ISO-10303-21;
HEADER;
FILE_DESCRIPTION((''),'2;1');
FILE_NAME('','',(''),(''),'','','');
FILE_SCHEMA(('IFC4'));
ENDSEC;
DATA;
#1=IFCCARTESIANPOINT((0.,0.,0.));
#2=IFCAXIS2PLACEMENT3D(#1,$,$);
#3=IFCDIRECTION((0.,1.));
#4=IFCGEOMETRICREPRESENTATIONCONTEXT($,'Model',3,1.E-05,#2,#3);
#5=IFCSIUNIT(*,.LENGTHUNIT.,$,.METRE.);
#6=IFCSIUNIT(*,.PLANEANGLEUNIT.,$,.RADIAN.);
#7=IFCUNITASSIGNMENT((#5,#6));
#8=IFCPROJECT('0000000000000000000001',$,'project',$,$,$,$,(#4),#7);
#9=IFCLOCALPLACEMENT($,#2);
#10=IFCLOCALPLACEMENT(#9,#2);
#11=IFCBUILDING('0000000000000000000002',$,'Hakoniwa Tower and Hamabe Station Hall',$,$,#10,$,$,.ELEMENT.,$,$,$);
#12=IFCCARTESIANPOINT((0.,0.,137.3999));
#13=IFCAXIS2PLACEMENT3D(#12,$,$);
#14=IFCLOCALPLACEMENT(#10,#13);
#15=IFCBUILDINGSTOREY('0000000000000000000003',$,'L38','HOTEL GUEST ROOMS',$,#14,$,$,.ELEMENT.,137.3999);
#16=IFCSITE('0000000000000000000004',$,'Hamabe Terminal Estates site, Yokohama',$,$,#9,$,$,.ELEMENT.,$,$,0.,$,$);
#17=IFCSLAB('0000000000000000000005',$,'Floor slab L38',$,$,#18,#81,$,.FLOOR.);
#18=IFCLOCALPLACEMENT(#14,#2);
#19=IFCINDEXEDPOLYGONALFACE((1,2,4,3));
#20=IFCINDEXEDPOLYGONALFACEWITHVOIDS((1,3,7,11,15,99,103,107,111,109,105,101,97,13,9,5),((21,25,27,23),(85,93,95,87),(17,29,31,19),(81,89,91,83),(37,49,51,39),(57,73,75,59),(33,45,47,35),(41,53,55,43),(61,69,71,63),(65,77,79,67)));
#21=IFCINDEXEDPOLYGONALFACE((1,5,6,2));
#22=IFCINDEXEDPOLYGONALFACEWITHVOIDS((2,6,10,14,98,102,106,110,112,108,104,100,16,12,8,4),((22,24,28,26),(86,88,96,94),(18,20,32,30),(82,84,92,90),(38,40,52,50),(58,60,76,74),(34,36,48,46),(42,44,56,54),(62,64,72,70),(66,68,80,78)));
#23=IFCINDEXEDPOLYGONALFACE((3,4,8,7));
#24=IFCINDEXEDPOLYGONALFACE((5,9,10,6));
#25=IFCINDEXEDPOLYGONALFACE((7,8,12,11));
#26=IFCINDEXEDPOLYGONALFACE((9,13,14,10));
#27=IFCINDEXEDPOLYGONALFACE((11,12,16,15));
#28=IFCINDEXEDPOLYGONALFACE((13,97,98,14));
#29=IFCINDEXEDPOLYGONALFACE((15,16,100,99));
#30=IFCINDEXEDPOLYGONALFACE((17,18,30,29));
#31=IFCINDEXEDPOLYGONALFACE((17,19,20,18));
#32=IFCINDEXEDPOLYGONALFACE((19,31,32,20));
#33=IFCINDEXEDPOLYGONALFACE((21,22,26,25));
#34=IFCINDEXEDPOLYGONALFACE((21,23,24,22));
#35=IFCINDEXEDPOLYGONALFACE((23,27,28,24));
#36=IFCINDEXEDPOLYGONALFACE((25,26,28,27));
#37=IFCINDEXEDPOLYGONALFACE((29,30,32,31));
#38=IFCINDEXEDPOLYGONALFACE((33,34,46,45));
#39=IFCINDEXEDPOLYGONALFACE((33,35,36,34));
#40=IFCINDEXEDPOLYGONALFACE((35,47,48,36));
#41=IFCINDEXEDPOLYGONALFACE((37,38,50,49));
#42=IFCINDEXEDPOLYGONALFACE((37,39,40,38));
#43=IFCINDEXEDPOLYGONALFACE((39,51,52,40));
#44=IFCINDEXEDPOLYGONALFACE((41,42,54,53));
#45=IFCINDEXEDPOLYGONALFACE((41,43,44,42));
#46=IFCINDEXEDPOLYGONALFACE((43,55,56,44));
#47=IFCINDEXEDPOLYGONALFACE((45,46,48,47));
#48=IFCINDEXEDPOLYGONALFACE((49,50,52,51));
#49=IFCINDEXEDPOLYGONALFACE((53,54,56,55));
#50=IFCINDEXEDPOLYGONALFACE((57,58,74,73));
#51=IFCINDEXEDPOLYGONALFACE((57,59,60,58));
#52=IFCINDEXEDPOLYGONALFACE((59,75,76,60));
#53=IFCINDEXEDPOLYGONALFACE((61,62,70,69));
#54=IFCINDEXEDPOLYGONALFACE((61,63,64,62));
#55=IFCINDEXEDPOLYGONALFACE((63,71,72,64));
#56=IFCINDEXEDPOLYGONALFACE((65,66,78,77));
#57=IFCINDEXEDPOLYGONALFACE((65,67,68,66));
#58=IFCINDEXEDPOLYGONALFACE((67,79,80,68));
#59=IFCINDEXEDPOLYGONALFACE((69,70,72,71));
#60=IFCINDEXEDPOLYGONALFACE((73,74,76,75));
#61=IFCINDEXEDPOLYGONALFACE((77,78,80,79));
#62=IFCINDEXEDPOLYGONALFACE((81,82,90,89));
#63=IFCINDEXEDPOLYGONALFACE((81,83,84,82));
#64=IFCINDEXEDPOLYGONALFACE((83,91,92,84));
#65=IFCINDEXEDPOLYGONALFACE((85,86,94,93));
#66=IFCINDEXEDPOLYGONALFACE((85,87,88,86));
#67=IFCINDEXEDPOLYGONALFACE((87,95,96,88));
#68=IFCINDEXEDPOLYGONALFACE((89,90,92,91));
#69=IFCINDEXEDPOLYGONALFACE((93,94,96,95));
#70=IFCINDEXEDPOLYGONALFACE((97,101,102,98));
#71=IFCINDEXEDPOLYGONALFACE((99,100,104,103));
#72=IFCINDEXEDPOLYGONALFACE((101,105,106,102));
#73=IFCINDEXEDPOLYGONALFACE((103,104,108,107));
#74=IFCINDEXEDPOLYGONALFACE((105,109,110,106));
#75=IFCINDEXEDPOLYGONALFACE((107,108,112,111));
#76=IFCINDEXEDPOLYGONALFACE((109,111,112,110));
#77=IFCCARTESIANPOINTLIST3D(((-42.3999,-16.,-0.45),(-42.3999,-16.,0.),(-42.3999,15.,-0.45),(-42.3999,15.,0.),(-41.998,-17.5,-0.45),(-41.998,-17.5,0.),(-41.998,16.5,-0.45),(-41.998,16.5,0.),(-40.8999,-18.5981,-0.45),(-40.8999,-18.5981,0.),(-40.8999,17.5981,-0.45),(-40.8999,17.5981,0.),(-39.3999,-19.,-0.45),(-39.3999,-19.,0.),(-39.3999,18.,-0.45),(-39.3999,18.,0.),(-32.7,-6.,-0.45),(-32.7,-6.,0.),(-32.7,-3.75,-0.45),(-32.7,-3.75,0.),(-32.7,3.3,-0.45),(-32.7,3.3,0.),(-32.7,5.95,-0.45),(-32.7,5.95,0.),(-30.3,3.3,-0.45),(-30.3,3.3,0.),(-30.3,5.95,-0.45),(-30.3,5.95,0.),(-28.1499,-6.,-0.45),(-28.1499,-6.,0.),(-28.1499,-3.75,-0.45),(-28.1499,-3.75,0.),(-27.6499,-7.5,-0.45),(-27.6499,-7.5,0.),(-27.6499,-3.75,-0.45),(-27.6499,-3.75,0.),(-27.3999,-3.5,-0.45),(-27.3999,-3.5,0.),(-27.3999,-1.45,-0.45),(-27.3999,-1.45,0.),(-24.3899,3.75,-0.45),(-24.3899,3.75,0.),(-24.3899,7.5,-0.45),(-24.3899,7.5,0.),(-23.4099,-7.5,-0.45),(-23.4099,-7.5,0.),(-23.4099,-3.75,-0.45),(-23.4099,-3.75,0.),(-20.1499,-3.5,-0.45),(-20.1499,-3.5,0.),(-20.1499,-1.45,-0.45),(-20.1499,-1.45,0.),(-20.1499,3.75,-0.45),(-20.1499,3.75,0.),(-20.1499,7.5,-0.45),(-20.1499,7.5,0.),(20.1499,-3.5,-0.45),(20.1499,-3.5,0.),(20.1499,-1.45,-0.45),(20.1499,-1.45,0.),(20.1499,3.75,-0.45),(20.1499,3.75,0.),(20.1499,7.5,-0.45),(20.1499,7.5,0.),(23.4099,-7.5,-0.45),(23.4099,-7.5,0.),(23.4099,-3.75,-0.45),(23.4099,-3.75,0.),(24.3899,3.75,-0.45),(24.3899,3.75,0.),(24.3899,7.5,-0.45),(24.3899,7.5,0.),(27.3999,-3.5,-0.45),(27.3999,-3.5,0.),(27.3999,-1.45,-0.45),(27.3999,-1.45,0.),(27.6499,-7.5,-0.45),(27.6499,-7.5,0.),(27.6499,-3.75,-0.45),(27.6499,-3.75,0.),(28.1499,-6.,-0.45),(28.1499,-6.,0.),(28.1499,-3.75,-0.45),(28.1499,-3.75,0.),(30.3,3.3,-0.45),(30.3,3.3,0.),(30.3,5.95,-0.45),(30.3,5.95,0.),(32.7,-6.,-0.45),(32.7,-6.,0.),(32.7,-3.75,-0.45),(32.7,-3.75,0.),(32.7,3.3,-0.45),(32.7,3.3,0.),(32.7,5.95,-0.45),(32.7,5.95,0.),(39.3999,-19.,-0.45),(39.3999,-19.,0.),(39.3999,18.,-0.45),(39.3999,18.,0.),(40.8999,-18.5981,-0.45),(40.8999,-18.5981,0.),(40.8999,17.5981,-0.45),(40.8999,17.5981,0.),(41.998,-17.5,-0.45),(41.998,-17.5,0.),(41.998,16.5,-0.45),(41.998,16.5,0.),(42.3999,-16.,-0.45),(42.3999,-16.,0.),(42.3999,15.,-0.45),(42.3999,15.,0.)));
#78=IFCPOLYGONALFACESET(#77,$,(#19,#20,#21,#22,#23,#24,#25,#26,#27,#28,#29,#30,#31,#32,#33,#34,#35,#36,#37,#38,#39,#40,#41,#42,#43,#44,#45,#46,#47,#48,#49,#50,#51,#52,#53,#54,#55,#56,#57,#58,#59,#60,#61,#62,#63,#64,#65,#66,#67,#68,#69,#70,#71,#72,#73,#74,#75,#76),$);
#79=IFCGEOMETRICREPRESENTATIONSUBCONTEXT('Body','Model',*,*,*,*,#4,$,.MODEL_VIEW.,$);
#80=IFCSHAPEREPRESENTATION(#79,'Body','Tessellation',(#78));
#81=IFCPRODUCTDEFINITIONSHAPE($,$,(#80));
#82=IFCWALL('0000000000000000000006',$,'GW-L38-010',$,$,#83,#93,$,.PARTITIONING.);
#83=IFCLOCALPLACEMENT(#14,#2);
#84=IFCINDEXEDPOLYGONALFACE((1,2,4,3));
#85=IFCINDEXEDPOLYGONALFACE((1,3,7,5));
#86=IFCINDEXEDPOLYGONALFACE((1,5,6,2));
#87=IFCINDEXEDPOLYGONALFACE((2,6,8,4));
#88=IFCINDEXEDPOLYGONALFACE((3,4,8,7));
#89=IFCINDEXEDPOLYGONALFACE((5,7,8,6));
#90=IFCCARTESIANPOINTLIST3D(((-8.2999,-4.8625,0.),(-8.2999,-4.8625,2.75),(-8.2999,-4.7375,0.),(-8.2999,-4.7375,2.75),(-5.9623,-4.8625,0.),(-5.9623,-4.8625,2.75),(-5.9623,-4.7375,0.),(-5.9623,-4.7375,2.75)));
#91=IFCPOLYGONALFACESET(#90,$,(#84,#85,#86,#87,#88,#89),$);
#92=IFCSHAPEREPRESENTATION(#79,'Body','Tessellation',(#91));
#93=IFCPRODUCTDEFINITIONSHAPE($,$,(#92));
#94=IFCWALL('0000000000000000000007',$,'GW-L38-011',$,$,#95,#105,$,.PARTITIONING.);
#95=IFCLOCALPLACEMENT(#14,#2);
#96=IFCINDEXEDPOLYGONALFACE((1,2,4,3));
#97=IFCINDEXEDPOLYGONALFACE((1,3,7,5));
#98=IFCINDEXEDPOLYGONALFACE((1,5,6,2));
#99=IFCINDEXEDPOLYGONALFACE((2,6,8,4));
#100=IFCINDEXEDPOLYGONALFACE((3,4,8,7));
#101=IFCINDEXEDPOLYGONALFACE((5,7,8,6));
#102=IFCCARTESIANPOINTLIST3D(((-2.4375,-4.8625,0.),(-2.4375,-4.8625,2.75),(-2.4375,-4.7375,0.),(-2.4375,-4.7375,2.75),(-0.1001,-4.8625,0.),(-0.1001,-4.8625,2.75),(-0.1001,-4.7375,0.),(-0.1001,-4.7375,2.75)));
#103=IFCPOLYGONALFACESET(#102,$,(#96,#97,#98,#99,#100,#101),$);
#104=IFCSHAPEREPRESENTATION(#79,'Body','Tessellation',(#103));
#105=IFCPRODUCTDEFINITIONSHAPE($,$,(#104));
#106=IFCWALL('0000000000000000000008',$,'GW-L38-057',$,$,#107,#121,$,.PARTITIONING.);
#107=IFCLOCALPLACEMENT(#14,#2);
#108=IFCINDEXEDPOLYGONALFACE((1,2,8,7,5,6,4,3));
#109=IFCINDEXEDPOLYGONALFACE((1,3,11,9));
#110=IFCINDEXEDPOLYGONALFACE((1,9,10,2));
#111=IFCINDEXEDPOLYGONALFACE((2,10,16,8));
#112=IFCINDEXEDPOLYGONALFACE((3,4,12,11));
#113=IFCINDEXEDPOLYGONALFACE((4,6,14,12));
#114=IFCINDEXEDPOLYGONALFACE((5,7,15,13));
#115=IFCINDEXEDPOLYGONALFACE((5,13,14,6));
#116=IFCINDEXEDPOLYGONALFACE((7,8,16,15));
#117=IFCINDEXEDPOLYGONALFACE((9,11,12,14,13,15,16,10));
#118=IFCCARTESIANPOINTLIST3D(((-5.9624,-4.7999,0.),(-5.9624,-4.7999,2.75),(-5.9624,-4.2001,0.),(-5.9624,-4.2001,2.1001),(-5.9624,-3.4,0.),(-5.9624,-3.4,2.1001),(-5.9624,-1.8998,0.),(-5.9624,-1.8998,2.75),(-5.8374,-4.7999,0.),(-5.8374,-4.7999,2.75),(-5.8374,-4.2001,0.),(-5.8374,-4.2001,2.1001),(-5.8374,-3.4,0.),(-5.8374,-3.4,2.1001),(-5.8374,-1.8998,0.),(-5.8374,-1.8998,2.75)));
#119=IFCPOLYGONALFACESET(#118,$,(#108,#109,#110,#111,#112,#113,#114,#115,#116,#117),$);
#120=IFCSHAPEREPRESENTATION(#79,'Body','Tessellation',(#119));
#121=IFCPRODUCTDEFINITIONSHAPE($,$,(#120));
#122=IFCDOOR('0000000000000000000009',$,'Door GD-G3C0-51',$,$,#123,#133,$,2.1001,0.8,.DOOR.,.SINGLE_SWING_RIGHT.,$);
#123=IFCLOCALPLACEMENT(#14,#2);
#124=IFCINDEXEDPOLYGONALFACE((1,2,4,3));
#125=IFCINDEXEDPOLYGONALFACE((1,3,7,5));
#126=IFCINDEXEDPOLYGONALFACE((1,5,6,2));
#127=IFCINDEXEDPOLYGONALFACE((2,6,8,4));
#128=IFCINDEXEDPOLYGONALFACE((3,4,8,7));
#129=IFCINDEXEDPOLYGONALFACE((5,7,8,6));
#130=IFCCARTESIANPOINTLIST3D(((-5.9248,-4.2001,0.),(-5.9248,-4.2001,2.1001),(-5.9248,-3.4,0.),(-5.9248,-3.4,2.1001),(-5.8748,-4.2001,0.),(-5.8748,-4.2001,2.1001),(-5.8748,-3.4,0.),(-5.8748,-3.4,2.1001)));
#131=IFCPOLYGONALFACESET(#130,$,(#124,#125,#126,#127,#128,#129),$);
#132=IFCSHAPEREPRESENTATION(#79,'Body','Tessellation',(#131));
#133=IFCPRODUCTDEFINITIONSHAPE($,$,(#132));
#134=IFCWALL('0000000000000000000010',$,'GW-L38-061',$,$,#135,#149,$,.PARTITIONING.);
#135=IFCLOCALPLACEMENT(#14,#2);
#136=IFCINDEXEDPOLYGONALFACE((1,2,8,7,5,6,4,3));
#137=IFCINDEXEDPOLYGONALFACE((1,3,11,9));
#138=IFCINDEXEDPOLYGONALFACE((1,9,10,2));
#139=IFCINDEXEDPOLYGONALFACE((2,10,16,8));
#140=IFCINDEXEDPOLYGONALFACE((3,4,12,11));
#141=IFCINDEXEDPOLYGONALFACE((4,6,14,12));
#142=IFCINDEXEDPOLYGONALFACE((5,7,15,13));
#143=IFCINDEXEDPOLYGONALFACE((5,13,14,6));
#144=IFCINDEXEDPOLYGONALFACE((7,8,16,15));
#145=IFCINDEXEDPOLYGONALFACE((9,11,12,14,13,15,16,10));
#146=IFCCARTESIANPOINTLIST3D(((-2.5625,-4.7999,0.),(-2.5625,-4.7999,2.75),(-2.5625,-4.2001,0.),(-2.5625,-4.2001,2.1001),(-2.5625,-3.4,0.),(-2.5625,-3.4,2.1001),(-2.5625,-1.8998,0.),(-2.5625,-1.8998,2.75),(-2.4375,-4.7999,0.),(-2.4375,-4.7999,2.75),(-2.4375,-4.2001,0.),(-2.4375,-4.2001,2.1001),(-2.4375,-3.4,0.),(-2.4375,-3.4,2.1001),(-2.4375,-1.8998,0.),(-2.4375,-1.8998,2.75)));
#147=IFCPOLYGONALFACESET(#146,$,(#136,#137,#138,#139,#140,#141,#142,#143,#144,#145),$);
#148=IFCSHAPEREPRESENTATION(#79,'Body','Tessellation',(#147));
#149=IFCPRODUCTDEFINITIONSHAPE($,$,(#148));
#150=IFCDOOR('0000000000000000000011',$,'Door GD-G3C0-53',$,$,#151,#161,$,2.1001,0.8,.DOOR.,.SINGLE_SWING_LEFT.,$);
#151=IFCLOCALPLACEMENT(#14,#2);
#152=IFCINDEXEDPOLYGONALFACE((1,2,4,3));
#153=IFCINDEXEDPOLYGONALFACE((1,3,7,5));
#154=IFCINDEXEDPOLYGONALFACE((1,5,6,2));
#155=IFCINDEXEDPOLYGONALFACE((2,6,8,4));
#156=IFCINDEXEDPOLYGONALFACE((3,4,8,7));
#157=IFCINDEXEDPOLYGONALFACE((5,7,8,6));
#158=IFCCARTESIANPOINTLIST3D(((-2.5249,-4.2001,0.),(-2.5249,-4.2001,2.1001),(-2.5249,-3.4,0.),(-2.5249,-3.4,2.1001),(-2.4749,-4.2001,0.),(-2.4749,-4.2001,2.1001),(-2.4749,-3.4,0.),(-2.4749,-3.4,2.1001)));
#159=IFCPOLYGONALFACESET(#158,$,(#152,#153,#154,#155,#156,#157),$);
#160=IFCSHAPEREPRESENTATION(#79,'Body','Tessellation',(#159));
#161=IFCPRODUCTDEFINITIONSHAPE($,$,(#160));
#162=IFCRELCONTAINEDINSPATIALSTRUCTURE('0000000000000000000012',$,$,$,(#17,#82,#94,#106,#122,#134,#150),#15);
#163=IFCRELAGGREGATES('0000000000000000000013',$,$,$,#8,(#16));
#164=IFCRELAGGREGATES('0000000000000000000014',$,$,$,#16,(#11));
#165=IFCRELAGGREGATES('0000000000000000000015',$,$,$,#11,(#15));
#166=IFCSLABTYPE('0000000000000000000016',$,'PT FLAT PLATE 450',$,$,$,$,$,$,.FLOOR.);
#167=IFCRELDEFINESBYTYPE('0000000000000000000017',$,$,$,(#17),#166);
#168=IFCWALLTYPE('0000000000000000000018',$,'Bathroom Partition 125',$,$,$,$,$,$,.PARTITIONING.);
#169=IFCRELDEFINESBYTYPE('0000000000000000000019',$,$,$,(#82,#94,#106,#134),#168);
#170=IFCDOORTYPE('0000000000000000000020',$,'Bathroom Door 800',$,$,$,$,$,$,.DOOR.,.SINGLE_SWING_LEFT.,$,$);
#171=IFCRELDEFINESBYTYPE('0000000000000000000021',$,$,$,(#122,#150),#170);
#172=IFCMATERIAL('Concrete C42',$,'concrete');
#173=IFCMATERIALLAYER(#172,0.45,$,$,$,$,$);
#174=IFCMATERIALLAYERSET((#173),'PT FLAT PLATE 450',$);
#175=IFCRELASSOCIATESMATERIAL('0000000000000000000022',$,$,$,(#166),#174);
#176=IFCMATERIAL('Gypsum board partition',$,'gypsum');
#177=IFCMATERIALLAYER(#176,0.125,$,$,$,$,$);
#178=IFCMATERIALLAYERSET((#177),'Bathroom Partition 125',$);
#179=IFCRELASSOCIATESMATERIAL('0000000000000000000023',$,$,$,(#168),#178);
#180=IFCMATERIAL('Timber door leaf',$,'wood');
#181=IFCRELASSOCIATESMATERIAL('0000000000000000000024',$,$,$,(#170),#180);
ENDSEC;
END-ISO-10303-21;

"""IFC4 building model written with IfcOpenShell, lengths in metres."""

from ifc_helpers import new_model, si_unit, direction, frame, frame_2d, origin, place, context, subcontext, project, spatial, polyline, rectangle, outline, extrude, material, layer, layer_set, type_object, element, fill, save


model = new_model("IFC4")

# Units and contexts
model_context = context("Model", 3, precision=1e-05, world=origin(), true_north=direction((0.0, 1.0)))
body_context = subcontext(model_context, "Body", "Model", "MODEL_VIEW")
ifc_project = project(units=[si_unit("LENGTHUNIT", "METRE"), si_unit("PLANEANGLEUNIT", "RADIAN")], contexts=[model_context])

# Site, building, storey
site_placement = place(None, origin())
site = spatial("IfcSite", under=ifc_project, at=site_placement, Name="Hamabe Terminal Estates site, Yokohama", CompositionType="ELEMENT", RefElevation=0.0)
building_placement = place(site_placement, origin())
building = spatial("IfcBuilding", under=site, at=building_placement, Name="Hakoniwa Tower and Hamabe Station Hall", CompositionType="ELEMENT")
storey_placement = place(building_placement, frame((0.0, 0.0, 137.3999)))
storey = spatial("IfcBuildingStorey", under=building, at=storey_placement, Name="L38", Description="HOTEL GUEST ROOMS", CompositionType="ELEMENT", Elevation=137.3999)

# Slab
ifc_material_1 = material(Name="Concrete C42", Category="concrete")
ifc_layer_1 = layer(ifc_material_1, 0.45)
ifc_layer_set_1 = layer_set([ifc_layer_1], Name="PT FLAT PLATE 450")
slab_type_1 = type_object("IfcSlabType", Name="PT FLAT PLATE 450", PredefinedType="FLOOR", material=ifc_layer_set_1)
slab_1_placement = place(storey_placement, frame((0.0, 0.0, -0.45)))
element("IfcSlab", 1, at=slab_1_placement, inside=storey, type_object=slab_type_1, Name="Floor slab L38", PredefinedType="FLOOR", context=body_context, shape_type="SweptSolid", body=[
    extrude(outline(polyline([(42.3999, -16.0), (42.3999, 15.0), (41.998, 16.5), (40.8999, 17.5981), (39.3999, 18.0), (-39.3999, 18.0), (-40.8999, 17.5981), (-41.998, 16.5), (-42.3999, 15.0), (-42.3999, -16.0), (-41.998, -17.5), (-40.8999, -18.5981), (-39.3999, -19.0), (39.3999, -19.0), (40.8999, -18.5981), (41.998, -17.5), (42.3999, -16.0)]), holes=[polyline([(-27.3999, -3.5), (-27.3999, -1.45), (-20.1499, -1.45), (-20.1499, -3.5), (-27.3999, -3.5)]), polyline([(-32.7, 3.3), (-32.7, 5.95), (-30.3, 5.95), (-30.3, 3.3), (-32.7, 3.3)]), polyline([(-32.7, -6.0), (-32.7, -3.75), (-28.1499, -3.75), (-28.1499, -6.0), (-32.7, -6.0)]), polyline([(-24.3899, 3.75), (-24.3899, 7.5), (-20.1499, 7.5), (-20.1499, 3.75), (-24.3899, 3.75)]), polyline([(-27.6499, -7.5), (-27.6499, -3.75), (-23.4099, -3.75), (-23.4099, -7.5), (-27.6499, -7.5)]), polyline([(20.1499, -3.5), (20.1499, -1.45), (27.3999, -1.45), (27.3999, -3.5), (20.1499, -3.5)]), polyline([(30.3, 3.3), (30.3, 5.95), (32.7, 5.95), (32.7, 3.3), (30.3, 3.3)]), polyline([(28.1499, -6.0), (28.1499, -3.75), (32.7, -3.75), (32.7, -6.0), (28.1499, -6.0)]), polyline([(20.1499, 3.75), (20.1499, 7.5), (24.3899, 7.5), (24.3899, 3.75), (20.1499, 3.75)]), polyline([(23.4099, -7.5), (23.4099, -3.75), (27.6499, -3.75), (27.6499, -7.5), (23.4099, -7.5)])]), origin(), (0.0, 0.0, 1.0), 0.45),
])

# Walls
ifc_material_2 = material(Name="Gypsum board partition", Category="gypsum")
ifc_layer_2 = layer(ifc_material_2, 0.125)
ifc_layer_set_2 = layer_set([ifc_layer_2], Name="Bathroom Partition 125")
wall_type_1 = type_object("IfcWallType", Name="Bathroom Partition 125", PredefinedType="PARTITIONING", material=ifc_layer_set_2)
wall_1_placement = place(storey_placement, frame((-8.3, -4.8, 0.0), z_axis=(0.0, 0.0, 1.0), x_axis=(1.0, 0.0, 0.0)))
element("IfcWall", 2, at=wall_1_placement, inside=storey, type_object=wall_type_1, Name="GW-L38-010", PredefinedType="PARTITIONING", context=body_context, shape_type="SweptSolid", body=[
    extrude(rectangle(XDim=2.3376, YDim=0.125, at=frame_2d((1.1689, 0.0))), origin(), (0.0, 0.0, 1.0), 2.75),
])
wall_2_placement = place(storey_placement, frame((-2.4375, -4.8, 0.0), z_axis=(0.0, 0.0, 1.0), x_axis=(1.0, 0.0, 0.0)))
element("IfcWall", 3, at=wall_2_placement, inside=storey, type_object=wall_type_1, Name="GW-L38-011", PredefinedType="PARTITIONING", context=body_context, shape_type="SweptSolid", body=[
    extrude(rectangle(XDim=2.3374, YDim=0.125, at=frame_2d((1.1687, 0.0))), origin(), (0.0, 0.0, 1.0), 2.75),
])

# Walls, openings, doors
wall_3_placement = place(storey_placement, frame((-5.8999, -4.8, 0.0), z_axis=(0.0, 0.0, 1.0), x_axis=(0.0, 1.0, 0.0)))
wall_3 = element("IfcWall", 4, at=wall_3_placement, inside=storey, type_object=wall_type_1, Name="GW-L38-057", PredefinedType="PARTITIONING", context=body_context, shape_type="SweptSolid", body=[
    extrude(rectangle(XDim=2.9001, YDim=0.125, at=frame_2d((1.4502, 0.0))), origin(), (0.0, 0.0, 1.0), 2.75),
])
opening_1_placement = place(wall_3_placement, frame((0.6001, 0.0, 0.0)))
opening_1 = element("IfcOpeningElement", 5, at=opening_1_placement, cuts=wall_3, PredefinedType="OPENING", context=body_context, shape_type="SweptSolid", body=[
    extrude(rectangle(XDim=0.8, YDim=2.1001, at=frame_2d((0.3999, 1.05))), frame((0.0, 0.0725, 0.0), z_axis=(0.0, -1.0, 0.0), x_axis=(1.0, 0.0, 0.0)), (0.0, 0.0, 1.0), 0.145),
])
ifc_material_3 = material(Name="Timber door leaf", Category="wood")
door_type_1 = type_object("IfcDoorType", Name="Bathroom Door 800", OperationType="SINGLE_SWING_LEFT", PredefinedType="DOOR", material=ifc_material_3)
door_1_placement = place(opening_1_placement, origin())
door_1 = element("IfcDoor", 6, at=door_1_placement, inside=storey, type_object=door_type_1, Name="Door GD-G3C0-51", OperationType="SINGLE_SWING_RIGHT", OverallHeight=2.1001, OverallWidth=0.8, PredefinedType="DOOR", context=body_context, shape_type="SweptSolid", body=[
    extrude(rectangle(XDim=0.8, YDim=2.1001, at=frame_2d((0.3999, 1.05))), frame((0.0, 0.0249, 0.0), z_axis=(0.0, -1.0, 0.0), x_axis=(1.0, 0.0, 0.0)), (0.0, 0.0, 1.0), 0.05),
])
fill(opening_1, door_1)
wall_4_placement = place(storey_placement, frame((-2.5, -4.8, 0.0), z_axis=(0.0, 0.0, 1.0), x_axis=(0.0, 1.0, 0.0)))
wall_4 = element("IfcWall", 7, at=wall_4_placement, inside=storey, type_object=wall_type_1, Name="GW-L38-061", PredefinedType="PARTITIONING", context=body_context, shape_type="SweptSolid", body=[
    extrude(rectangle(XDim=2.9001, YDim=0.125, at=frame_2d((1.4502, 0.0))), origin(), (0.0, 0.0, 1.0), 2.75),
])
opening_2_placement = place(wall_4_placement, frame((0.6001, 0.0, 0.0)))
opening_2 = element("IfcOpeningElement", 8, at=opening_2_placement, cuts=wall_4, PredefinedType="OPENING", context=body_context, shape_type="SweptSolid", body=[
    extrude(rectangle(XDim=0.8, YDim=2.1001, at=frame_2d((0.3999, 1.05))), frame((0.0, 0.0725, 0.0), z_axis=(0.0, -1.0, 0.0), x_axis=(1.0, 0.0, 0.0)), (0.0, 0.0, 1.0), 0.145),
])
door_2_placement = place(opening_2_placement, origin())
door_2 = element("IfcDoor", 9, at=door_2_placement, inside=storey, type_object=door_type_1, Name="Door GD-G3C0-53", OperationType="SINGLE_SWING_LEFT", OverallHeight=2.1001, OverallWidth=0.8, PredefinedType="DOOR", context=body_context, shape_type="SweptSolid", body=[
    extrude(rectangle(XDim=0.8, YDim=2.1001, at=frame_2d((0.3999, 1.05))), frame((0.0, 0.0249, 0.0), z_axis=(0.0, -1.0, 0.0), x_axis=(1.0, 0.0, 0.0)), (0.0, 0.0, 1.0), 0.05),
])
fill(opening_2, door_2)

save(model, "model.ifc")
